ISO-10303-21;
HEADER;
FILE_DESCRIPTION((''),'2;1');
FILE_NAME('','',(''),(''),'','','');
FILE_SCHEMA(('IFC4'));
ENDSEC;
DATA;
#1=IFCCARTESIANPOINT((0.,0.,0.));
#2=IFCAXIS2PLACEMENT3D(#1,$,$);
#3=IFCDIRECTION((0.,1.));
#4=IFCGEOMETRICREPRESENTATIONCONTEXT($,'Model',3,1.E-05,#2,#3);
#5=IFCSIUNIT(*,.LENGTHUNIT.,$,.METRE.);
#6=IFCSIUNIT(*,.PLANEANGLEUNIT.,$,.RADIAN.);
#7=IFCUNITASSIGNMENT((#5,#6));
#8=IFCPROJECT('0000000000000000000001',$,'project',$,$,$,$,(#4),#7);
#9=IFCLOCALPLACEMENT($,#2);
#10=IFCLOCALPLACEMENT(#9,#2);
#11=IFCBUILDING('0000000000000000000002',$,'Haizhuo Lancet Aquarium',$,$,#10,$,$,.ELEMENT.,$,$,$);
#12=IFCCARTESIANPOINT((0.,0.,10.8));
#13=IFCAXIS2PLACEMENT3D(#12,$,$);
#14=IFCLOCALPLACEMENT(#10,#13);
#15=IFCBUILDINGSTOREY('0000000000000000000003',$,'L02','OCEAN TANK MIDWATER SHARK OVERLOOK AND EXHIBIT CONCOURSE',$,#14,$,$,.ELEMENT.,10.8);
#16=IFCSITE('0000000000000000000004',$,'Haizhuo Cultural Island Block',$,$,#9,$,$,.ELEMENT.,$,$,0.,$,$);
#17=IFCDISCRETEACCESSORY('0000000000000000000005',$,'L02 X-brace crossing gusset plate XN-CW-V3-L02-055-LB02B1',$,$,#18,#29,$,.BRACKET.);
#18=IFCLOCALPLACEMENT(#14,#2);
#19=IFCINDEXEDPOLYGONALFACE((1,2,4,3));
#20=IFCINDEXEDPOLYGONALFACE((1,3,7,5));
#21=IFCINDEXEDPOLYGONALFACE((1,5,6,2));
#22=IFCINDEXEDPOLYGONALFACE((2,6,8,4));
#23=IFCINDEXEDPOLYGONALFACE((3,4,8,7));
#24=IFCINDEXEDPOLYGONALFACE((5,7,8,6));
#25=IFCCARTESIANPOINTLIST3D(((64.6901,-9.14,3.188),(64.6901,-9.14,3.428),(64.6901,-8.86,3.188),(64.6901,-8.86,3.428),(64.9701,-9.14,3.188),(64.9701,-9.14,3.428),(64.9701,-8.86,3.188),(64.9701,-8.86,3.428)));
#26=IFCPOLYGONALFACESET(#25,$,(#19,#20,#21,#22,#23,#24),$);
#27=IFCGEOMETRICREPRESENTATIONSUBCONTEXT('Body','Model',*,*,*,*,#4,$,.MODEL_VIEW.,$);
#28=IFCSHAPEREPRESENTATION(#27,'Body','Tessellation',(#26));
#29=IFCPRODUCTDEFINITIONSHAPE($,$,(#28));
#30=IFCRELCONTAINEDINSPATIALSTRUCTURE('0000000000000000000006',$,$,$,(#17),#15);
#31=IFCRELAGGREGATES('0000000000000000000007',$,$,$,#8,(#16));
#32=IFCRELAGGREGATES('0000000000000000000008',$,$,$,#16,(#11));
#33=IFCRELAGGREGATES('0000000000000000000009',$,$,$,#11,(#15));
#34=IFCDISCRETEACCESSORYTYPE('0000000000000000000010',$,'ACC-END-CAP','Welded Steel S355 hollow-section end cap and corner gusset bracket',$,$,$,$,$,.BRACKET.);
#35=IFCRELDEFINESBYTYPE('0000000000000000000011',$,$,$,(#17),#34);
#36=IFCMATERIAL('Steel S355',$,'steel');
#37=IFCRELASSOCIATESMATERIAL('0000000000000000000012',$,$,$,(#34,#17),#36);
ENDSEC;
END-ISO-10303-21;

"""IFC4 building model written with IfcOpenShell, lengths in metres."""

from ifc_helpers import new_model, si_unit, direction, frame, origin, origin_2d, place, context, subcontext, project, spatial, rectangle, extrude, material, type_object, element, save


model = new_model("IFC4")

# Units and contexts
model_context = context("Model", 3, precision=1e-05, world=origin(), true_north=direction((0.0, 1.0)))
body_context = subcontext(model_context, "Body", "Model", "MODEL_VIEW")
ifc_project = project(units=[si_unit("LENGTHUNIT", "METRE"), si_unit("PLANEANGLEUNIT", "RADIAN")], contexts=[model_context])

# Site, building, storey
site_placement = place(None, origin())
site = spatial("IfcSite", under=ifc_project, at=site_placement, Name="Haizhuo Cultural Island Block", CompositionType="ELEMENT", RefElevation=0.0)
building_placement = place(site_placement, origin())
building = spatial("IfcBuilding", under=site, at=building_placement, Name="Haizhuo Lancet Aquarium", CompositionType="ELEMENT")
storey_placement = place(building_placement, frame((0.0, 0.0, 10.8)))
storey = spatial("IfcBuildingStorey", under=building, at=storey_placement, Name="L02", Description="OCEAN TANK MIDWATER SHARK OVERLOOK AND EXHIBIT CONCOURSE", CompositionType="ELEMENT", Elevation=10.8)

# Shared definitions
ifc_material_1 = material(Name="Steel S355", Category="steel")

# Discrete accessory
discrete_accessory_type = type_object("IfcDiscreteAccessoryType", Name="ACC-END-CAP", Description="Welded Steel S355 hollow-section end cap and corner gusset bracket", PredefinedType="BRACKET", material=ifc_material_1)
for number, where, z_axis, x_axis, name in (
    (1, (64.8301, -9.0, 3.188), (0.0, 0.0, 1.0), (1.0, 0.0, 0.0), "L02 X-brace crossing gusset plate XN-CW-V3-L02-055-LB02B1"),
):
    element("IfcDiscreteAccessory", number, at=place(storey_placement, frame(where, z_axis=z_axis, x_axis=x_axis)), inside=storey, type_object=discrete_accessory_type, material=ifc_material_1, Name=name, PredefinedType="BRACKET", context=body_context, shape_type="SweptSolid", body=[
        extrude(rectangle(XDim=0.28, YDim=0.28, at=origin_2d()), origin(), (0.0, 0.0, 1.0), 0.24),
    ])

save(model, "model.ifc")
